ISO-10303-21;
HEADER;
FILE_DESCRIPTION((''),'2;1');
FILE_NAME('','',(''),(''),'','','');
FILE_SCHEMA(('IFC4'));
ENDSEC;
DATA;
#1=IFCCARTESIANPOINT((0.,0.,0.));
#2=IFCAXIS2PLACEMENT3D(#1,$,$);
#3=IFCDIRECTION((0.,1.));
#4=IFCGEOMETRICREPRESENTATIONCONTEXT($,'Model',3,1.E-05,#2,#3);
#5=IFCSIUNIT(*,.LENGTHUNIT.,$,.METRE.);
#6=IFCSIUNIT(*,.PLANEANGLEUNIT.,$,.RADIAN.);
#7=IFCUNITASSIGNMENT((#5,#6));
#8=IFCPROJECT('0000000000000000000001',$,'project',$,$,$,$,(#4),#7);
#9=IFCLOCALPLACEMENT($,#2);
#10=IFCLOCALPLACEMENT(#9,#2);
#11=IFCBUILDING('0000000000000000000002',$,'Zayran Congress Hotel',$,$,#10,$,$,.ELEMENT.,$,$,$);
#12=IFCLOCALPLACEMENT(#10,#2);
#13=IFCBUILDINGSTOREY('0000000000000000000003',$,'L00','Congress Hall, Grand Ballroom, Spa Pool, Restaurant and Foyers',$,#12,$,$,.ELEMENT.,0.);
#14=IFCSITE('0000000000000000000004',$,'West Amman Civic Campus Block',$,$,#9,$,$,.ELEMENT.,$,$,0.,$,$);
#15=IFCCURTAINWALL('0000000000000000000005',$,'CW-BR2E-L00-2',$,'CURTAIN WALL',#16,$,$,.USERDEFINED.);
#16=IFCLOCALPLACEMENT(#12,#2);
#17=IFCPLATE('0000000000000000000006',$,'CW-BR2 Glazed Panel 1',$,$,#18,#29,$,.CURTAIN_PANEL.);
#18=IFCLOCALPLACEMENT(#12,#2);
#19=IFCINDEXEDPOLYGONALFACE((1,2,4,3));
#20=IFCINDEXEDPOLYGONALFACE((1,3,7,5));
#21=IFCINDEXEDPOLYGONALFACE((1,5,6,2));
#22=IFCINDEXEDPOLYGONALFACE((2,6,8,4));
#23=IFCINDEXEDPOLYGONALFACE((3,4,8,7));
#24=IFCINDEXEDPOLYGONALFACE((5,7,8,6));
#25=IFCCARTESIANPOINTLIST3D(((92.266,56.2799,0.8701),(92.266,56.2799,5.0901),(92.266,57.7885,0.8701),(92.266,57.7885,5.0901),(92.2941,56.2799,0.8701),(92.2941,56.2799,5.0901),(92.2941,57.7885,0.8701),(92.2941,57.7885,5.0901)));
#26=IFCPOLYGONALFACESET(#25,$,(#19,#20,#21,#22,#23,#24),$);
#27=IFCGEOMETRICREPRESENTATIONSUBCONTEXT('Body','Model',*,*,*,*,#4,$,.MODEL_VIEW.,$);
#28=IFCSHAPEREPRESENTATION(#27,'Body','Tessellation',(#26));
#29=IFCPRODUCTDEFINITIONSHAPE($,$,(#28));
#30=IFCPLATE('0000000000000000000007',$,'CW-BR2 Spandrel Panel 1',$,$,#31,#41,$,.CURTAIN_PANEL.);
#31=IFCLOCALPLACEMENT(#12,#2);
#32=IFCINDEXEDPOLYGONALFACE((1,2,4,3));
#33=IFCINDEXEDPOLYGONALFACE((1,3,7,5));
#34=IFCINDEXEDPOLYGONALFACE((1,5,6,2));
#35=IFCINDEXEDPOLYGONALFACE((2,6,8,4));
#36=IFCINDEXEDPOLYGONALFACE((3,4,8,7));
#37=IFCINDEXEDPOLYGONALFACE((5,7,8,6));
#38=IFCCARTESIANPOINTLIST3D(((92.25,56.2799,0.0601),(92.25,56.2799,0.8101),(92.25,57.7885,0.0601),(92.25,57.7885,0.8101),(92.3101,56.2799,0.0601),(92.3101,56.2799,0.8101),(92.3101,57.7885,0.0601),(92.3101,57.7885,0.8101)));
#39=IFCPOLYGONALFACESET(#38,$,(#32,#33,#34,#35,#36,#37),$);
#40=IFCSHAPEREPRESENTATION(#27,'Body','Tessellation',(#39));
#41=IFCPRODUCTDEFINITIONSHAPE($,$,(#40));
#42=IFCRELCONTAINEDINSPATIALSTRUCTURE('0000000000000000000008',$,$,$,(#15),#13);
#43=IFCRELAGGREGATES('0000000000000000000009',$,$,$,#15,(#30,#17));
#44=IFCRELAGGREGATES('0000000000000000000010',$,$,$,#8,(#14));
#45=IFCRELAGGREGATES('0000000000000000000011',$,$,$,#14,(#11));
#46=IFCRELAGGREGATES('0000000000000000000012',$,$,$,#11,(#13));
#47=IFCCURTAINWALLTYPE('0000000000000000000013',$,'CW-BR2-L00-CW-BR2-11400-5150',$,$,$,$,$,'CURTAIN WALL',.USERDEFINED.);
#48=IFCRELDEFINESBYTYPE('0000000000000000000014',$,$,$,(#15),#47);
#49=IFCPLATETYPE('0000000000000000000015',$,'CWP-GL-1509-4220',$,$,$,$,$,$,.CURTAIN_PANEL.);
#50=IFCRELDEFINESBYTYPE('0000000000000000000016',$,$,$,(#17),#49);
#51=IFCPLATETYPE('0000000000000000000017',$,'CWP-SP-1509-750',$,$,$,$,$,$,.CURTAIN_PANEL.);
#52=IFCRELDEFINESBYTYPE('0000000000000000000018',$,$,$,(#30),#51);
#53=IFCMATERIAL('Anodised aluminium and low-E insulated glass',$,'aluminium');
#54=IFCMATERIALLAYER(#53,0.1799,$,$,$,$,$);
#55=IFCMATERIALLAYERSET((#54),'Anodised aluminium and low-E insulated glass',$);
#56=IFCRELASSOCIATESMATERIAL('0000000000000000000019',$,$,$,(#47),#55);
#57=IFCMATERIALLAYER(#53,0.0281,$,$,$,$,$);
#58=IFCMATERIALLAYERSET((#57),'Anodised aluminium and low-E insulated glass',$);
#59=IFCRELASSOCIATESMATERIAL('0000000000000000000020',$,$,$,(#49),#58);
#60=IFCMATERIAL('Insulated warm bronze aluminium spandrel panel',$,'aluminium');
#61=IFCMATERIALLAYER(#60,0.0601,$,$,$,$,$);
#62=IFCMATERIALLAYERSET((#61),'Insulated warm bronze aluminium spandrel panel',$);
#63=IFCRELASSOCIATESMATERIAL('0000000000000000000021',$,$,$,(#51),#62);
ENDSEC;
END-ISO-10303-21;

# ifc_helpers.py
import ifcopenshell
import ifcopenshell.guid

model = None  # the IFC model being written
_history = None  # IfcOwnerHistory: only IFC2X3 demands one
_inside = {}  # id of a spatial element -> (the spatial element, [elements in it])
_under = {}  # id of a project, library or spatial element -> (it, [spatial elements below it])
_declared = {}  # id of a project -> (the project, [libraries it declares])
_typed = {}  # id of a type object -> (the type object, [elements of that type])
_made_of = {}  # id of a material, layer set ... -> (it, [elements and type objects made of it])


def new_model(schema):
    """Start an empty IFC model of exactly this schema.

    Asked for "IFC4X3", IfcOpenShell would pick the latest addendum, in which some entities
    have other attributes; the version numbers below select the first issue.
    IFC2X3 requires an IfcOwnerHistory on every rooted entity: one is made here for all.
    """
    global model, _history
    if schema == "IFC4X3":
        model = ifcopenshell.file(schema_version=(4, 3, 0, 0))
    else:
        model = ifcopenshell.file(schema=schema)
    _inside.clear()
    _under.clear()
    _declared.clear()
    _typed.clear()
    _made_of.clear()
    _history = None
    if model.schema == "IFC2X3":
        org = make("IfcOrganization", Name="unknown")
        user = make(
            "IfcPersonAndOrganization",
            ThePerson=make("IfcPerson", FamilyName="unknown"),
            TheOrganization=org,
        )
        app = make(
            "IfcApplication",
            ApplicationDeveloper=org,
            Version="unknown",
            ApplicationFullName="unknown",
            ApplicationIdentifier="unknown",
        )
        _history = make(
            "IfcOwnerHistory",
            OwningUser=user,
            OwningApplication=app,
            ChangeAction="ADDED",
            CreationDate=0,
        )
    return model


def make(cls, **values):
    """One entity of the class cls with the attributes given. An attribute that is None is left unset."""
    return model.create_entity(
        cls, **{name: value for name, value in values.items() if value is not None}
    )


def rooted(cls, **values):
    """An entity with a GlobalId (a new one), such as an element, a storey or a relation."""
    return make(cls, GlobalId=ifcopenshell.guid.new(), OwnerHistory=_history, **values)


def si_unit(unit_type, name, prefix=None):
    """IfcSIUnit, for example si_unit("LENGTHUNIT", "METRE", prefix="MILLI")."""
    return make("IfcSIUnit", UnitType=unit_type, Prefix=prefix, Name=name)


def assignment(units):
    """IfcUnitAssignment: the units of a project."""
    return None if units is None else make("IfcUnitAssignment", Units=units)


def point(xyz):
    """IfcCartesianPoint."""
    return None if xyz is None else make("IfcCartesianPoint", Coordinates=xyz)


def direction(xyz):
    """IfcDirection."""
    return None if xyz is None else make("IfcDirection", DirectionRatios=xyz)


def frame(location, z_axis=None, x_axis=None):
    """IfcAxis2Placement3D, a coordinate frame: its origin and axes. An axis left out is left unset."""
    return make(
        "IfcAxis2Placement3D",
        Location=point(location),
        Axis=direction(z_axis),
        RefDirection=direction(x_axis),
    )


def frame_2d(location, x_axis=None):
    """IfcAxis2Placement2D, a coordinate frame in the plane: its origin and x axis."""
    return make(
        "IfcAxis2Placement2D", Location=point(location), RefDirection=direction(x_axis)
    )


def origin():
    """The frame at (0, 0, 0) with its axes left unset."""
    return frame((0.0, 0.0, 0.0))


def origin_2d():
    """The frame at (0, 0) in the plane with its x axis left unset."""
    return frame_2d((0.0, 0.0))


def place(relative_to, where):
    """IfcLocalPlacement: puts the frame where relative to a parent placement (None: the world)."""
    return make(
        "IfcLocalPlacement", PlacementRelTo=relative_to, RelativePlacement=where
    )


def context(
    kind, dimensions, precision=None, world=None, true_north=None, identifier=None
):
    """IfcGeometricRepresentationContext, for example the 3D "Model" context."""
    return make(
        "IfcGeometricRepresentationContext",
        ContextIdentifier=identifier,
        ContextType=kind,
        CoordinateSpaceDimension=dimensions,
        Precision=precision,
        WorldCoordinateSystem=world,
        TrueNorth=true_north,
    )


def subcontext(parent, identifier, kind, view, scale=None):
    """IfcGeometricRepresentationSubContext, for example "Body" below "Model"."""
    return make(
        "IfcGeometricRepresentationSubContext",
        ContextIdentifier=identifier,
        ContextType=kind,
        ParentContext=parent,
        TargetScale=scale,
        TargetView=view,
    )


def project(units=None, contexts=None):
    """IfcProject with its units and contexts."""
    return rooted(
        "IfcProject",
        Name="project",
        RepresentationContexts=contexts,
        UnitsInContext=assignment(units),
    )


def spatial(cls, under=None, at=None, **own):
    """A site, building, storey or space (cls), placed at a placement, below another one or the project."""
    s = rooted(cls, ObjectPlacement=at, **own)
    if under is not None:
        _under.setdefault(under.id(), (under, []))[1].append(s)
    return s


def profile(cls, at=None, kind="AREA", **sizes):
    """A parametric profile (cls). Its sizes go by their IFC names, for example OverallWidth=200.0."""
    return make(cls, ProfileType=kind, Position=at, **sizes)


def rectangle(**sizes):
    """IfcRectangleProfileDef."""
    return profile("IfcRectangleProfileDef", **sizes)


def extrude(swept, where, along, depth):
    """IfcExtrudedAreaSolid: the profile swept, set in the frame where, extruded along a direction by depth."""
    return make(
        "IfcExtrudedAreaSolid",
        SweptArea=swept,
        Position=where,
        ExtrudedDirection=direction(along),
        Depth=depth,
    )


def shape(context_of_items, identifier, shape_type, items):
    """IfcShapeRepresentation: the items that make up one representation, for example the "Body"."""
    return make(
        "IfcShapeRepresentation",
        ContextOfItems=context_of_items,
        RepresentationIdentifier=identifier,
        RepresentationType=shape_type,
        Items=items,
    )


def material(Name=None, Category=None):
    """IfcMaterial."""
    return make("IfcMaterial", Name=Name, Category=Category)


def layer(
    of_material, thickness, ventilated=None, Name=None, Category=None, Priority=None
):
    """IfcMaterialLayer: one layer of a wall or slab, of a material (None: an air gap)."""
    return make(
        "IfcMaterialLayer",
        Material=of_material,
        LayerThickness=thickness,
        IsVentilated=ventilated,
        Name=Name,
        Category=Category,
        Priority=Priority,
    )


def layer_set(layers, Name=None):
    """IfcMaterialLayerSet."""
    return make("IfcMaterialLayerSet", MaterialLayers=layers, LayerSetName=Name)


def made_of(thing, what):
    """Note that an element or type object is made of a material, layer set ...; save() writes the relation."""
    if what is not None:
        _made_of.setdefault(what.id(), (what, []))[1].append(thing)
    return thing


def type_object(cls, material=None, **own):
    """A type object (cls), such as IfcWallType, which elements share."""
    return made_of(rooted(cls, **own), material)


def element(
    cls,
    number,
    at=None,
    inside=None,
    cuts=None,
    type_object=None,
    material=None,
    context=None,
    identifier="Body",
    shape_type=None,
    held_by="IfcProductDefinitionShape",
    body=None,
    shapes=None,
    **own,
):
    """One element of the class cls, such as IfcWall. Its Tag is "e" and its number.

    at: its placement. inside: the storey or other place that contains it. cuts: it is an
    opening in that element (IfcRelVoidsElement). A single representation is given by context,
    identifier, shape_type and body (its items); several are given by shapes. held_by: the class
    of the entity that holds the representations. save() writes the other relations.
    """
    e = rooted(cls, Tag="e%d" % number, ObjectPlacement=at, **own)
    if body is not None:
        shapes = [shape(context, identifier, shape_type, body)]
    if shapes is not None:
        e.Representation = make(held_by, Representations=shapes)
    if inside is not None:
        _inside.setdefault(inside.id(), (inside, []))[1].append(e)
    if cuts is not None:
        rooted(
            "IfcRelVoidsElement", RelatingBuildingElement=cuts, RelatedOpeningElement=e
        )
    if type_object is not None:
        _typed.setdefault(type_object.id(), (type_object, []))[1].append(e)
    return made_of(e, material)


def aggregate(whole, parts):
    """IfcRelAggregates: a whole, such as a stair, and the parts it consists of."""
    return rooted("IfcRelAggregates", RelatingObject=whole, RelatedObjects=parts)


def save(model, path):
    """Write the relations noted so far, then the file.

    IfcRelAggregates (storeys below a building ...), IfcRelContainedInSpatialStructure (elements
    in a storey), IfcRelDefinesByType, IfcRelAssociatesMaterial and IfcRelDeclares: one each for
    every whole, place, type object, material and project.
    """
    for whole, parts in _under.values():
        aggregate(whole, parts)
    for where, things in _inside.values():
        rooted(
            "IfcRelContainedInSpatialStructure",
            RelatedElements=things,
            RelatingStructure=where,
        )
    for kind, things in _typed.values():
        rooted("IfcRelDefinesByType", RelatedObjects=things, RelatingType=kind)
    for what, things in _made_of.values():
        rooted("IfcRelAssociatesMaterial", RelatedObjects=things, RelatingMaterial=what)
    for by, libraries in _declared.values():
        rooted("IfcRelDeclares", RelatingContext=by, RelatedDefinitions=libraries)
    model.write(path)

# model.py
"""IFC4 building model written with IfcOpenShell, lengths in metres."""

from ifc_helpers import new_model, si_unit, direction, frame, origin, origin_2d, place, context, subcontext, project, spatial, rectangle, extrude, material, layer, layer_set, type_object, element, aggregate, save


model = new_model("IFC4")

# Units and contexts
model_context = context("Model", 3, precision=1e-05, world=origin(), true_north=direction((0.0, 1.0)))
body_context = subcontext(model_context, "Body", "Model", "MODEL_VIEW")
ifc_project = project(units=[si_unit("LENGTHUNIT", "METRE"), si_unit("PLANEANGLEUNIT", "RADIAN")], contexts=[model_context])

# Site, building, storey
site_placement = place(None, origin())
site = spatial("IfcSite", under=ifc_project, at=site_placement, Name="West Amman Civic Campus Block", CompositionType="ELEMENT", RefElevation=0.0)
building_placement = place(site_placement, origin())
building = spatial("IfcBuilding", under=site, at=building_placement, Name="Zayran Congress Hotel", CompositionType="ELEMENT")
storey_placement = place(building_placement, origin())
storey = spatial("IfcBuildingStorey", under=building, at=storey_placement, Name="L00", Description="Congress Hall, Grand Ballroom, Spa Pool, Restaurant and Foyers", CompositionType="ELEMENT", Elevation=0.0)

# Curtain wall
ifc_material_1 = material(Name="Anodised aluminium and low-E insulated glass", Category="aluminium")
ifc_layer_1 = layer(ifc_material_1, 0.1799)
ifc_layer_set_1 = layer_set([ifc_layer_1], Name="Anodised aluminium and low-E insulated glass")
curtain_wall_type_1 = type_object("IfcCurtainWallType", Name="CW-BR2-L00-CW-BR2-11400-5150", ElementType="CURTAIN WALL", PredefinedType="USERDEFINED", material=ifc_layer_set_1)
curtain_wall_1_placement = place(storey_placement, origin())
curtain_wall_1 = element("IfcCurtainWall", 1, at=curtain_wall_1_placement, inside=storey, type_object=curtain_wall_type_1, Name="CW-BR2E-L00-2", ObjectType="CURTAIN WALL", PredefinedType="USERDEFINED")

# Plates
ifc_material_2 = material(Name="Insulated warm bronze aluminium spandrel panel", Category="aluminium")
ifc_layer_2 = layer(ifc_material_1, 0.0281)
ifc_layer_set_2 = layer_set([ifc_layer_2], Name="Anodised aluminium and low-E insulated glass")
plate_type_1 = type_object("IfcPlateType", Name="CWP-GL-1509-4220", PredefinedType="CURTAIN_PANEL", material=ifc_layer_set_2)
plate_1_placement = place(storey_placement, frame((92.28, 57.0342, 0.8701), z_axis=(0.0, 0.0, 1.0), x_axis=(0.0, 1.0, 0.0)))
plate_1 = element("IfcPlate", 2, at=plate_1_placement, type_object=plate_type_1, Name="CW-BR2 Glazed Panel 1", PredefinedType="CURTAIN_PANEL", context=body_context, shape_type="SweptSolid", body=[
    extrude(rectangle(XDim=1.5085, YDim=0.0281, at=origin_2d()), origin(), (0.0, 0.0, 1.0), 4.22),
])
ifc_layer_3 = layer(ifc_material_2, 0.0601)
ifc_layer_set_3 = layer_set([ifc_layer_3], Name="Insulated warm bronze aluminium spandrel panel")
plate_type_2 = type_object("IfcPlateType", Name="CWP-SP-1509-750", PredefinedType="CURTAIN_PANEL", material=ifc_layer_set_3)
plate_2_placement = place(storey_placement, frame((92.28, 57.0342, 0.0601), z_axis=(0.0, 0.0, 1.0), x_axis=(0.0, 1.0, 0.0)))
plate_2 = element("IfcPlate", 3, at=plate_2_placement, type_object=plate_type_2, Name="CW-BR2 Spandrel Panel 1", PredefinedType="CURTAIN_PANEL", context=body_context, shape_type="SweptSolid", body=[
    extrude(rectangle(XDim=1.5085, YDim=0.0601, at=origin_2d()), origin(), (0.0, 0.0, 1.0), 0.75),
])
aggregate(curtain_wall_1, [plate_2, plate_1])

save(model, "model.ifc")
